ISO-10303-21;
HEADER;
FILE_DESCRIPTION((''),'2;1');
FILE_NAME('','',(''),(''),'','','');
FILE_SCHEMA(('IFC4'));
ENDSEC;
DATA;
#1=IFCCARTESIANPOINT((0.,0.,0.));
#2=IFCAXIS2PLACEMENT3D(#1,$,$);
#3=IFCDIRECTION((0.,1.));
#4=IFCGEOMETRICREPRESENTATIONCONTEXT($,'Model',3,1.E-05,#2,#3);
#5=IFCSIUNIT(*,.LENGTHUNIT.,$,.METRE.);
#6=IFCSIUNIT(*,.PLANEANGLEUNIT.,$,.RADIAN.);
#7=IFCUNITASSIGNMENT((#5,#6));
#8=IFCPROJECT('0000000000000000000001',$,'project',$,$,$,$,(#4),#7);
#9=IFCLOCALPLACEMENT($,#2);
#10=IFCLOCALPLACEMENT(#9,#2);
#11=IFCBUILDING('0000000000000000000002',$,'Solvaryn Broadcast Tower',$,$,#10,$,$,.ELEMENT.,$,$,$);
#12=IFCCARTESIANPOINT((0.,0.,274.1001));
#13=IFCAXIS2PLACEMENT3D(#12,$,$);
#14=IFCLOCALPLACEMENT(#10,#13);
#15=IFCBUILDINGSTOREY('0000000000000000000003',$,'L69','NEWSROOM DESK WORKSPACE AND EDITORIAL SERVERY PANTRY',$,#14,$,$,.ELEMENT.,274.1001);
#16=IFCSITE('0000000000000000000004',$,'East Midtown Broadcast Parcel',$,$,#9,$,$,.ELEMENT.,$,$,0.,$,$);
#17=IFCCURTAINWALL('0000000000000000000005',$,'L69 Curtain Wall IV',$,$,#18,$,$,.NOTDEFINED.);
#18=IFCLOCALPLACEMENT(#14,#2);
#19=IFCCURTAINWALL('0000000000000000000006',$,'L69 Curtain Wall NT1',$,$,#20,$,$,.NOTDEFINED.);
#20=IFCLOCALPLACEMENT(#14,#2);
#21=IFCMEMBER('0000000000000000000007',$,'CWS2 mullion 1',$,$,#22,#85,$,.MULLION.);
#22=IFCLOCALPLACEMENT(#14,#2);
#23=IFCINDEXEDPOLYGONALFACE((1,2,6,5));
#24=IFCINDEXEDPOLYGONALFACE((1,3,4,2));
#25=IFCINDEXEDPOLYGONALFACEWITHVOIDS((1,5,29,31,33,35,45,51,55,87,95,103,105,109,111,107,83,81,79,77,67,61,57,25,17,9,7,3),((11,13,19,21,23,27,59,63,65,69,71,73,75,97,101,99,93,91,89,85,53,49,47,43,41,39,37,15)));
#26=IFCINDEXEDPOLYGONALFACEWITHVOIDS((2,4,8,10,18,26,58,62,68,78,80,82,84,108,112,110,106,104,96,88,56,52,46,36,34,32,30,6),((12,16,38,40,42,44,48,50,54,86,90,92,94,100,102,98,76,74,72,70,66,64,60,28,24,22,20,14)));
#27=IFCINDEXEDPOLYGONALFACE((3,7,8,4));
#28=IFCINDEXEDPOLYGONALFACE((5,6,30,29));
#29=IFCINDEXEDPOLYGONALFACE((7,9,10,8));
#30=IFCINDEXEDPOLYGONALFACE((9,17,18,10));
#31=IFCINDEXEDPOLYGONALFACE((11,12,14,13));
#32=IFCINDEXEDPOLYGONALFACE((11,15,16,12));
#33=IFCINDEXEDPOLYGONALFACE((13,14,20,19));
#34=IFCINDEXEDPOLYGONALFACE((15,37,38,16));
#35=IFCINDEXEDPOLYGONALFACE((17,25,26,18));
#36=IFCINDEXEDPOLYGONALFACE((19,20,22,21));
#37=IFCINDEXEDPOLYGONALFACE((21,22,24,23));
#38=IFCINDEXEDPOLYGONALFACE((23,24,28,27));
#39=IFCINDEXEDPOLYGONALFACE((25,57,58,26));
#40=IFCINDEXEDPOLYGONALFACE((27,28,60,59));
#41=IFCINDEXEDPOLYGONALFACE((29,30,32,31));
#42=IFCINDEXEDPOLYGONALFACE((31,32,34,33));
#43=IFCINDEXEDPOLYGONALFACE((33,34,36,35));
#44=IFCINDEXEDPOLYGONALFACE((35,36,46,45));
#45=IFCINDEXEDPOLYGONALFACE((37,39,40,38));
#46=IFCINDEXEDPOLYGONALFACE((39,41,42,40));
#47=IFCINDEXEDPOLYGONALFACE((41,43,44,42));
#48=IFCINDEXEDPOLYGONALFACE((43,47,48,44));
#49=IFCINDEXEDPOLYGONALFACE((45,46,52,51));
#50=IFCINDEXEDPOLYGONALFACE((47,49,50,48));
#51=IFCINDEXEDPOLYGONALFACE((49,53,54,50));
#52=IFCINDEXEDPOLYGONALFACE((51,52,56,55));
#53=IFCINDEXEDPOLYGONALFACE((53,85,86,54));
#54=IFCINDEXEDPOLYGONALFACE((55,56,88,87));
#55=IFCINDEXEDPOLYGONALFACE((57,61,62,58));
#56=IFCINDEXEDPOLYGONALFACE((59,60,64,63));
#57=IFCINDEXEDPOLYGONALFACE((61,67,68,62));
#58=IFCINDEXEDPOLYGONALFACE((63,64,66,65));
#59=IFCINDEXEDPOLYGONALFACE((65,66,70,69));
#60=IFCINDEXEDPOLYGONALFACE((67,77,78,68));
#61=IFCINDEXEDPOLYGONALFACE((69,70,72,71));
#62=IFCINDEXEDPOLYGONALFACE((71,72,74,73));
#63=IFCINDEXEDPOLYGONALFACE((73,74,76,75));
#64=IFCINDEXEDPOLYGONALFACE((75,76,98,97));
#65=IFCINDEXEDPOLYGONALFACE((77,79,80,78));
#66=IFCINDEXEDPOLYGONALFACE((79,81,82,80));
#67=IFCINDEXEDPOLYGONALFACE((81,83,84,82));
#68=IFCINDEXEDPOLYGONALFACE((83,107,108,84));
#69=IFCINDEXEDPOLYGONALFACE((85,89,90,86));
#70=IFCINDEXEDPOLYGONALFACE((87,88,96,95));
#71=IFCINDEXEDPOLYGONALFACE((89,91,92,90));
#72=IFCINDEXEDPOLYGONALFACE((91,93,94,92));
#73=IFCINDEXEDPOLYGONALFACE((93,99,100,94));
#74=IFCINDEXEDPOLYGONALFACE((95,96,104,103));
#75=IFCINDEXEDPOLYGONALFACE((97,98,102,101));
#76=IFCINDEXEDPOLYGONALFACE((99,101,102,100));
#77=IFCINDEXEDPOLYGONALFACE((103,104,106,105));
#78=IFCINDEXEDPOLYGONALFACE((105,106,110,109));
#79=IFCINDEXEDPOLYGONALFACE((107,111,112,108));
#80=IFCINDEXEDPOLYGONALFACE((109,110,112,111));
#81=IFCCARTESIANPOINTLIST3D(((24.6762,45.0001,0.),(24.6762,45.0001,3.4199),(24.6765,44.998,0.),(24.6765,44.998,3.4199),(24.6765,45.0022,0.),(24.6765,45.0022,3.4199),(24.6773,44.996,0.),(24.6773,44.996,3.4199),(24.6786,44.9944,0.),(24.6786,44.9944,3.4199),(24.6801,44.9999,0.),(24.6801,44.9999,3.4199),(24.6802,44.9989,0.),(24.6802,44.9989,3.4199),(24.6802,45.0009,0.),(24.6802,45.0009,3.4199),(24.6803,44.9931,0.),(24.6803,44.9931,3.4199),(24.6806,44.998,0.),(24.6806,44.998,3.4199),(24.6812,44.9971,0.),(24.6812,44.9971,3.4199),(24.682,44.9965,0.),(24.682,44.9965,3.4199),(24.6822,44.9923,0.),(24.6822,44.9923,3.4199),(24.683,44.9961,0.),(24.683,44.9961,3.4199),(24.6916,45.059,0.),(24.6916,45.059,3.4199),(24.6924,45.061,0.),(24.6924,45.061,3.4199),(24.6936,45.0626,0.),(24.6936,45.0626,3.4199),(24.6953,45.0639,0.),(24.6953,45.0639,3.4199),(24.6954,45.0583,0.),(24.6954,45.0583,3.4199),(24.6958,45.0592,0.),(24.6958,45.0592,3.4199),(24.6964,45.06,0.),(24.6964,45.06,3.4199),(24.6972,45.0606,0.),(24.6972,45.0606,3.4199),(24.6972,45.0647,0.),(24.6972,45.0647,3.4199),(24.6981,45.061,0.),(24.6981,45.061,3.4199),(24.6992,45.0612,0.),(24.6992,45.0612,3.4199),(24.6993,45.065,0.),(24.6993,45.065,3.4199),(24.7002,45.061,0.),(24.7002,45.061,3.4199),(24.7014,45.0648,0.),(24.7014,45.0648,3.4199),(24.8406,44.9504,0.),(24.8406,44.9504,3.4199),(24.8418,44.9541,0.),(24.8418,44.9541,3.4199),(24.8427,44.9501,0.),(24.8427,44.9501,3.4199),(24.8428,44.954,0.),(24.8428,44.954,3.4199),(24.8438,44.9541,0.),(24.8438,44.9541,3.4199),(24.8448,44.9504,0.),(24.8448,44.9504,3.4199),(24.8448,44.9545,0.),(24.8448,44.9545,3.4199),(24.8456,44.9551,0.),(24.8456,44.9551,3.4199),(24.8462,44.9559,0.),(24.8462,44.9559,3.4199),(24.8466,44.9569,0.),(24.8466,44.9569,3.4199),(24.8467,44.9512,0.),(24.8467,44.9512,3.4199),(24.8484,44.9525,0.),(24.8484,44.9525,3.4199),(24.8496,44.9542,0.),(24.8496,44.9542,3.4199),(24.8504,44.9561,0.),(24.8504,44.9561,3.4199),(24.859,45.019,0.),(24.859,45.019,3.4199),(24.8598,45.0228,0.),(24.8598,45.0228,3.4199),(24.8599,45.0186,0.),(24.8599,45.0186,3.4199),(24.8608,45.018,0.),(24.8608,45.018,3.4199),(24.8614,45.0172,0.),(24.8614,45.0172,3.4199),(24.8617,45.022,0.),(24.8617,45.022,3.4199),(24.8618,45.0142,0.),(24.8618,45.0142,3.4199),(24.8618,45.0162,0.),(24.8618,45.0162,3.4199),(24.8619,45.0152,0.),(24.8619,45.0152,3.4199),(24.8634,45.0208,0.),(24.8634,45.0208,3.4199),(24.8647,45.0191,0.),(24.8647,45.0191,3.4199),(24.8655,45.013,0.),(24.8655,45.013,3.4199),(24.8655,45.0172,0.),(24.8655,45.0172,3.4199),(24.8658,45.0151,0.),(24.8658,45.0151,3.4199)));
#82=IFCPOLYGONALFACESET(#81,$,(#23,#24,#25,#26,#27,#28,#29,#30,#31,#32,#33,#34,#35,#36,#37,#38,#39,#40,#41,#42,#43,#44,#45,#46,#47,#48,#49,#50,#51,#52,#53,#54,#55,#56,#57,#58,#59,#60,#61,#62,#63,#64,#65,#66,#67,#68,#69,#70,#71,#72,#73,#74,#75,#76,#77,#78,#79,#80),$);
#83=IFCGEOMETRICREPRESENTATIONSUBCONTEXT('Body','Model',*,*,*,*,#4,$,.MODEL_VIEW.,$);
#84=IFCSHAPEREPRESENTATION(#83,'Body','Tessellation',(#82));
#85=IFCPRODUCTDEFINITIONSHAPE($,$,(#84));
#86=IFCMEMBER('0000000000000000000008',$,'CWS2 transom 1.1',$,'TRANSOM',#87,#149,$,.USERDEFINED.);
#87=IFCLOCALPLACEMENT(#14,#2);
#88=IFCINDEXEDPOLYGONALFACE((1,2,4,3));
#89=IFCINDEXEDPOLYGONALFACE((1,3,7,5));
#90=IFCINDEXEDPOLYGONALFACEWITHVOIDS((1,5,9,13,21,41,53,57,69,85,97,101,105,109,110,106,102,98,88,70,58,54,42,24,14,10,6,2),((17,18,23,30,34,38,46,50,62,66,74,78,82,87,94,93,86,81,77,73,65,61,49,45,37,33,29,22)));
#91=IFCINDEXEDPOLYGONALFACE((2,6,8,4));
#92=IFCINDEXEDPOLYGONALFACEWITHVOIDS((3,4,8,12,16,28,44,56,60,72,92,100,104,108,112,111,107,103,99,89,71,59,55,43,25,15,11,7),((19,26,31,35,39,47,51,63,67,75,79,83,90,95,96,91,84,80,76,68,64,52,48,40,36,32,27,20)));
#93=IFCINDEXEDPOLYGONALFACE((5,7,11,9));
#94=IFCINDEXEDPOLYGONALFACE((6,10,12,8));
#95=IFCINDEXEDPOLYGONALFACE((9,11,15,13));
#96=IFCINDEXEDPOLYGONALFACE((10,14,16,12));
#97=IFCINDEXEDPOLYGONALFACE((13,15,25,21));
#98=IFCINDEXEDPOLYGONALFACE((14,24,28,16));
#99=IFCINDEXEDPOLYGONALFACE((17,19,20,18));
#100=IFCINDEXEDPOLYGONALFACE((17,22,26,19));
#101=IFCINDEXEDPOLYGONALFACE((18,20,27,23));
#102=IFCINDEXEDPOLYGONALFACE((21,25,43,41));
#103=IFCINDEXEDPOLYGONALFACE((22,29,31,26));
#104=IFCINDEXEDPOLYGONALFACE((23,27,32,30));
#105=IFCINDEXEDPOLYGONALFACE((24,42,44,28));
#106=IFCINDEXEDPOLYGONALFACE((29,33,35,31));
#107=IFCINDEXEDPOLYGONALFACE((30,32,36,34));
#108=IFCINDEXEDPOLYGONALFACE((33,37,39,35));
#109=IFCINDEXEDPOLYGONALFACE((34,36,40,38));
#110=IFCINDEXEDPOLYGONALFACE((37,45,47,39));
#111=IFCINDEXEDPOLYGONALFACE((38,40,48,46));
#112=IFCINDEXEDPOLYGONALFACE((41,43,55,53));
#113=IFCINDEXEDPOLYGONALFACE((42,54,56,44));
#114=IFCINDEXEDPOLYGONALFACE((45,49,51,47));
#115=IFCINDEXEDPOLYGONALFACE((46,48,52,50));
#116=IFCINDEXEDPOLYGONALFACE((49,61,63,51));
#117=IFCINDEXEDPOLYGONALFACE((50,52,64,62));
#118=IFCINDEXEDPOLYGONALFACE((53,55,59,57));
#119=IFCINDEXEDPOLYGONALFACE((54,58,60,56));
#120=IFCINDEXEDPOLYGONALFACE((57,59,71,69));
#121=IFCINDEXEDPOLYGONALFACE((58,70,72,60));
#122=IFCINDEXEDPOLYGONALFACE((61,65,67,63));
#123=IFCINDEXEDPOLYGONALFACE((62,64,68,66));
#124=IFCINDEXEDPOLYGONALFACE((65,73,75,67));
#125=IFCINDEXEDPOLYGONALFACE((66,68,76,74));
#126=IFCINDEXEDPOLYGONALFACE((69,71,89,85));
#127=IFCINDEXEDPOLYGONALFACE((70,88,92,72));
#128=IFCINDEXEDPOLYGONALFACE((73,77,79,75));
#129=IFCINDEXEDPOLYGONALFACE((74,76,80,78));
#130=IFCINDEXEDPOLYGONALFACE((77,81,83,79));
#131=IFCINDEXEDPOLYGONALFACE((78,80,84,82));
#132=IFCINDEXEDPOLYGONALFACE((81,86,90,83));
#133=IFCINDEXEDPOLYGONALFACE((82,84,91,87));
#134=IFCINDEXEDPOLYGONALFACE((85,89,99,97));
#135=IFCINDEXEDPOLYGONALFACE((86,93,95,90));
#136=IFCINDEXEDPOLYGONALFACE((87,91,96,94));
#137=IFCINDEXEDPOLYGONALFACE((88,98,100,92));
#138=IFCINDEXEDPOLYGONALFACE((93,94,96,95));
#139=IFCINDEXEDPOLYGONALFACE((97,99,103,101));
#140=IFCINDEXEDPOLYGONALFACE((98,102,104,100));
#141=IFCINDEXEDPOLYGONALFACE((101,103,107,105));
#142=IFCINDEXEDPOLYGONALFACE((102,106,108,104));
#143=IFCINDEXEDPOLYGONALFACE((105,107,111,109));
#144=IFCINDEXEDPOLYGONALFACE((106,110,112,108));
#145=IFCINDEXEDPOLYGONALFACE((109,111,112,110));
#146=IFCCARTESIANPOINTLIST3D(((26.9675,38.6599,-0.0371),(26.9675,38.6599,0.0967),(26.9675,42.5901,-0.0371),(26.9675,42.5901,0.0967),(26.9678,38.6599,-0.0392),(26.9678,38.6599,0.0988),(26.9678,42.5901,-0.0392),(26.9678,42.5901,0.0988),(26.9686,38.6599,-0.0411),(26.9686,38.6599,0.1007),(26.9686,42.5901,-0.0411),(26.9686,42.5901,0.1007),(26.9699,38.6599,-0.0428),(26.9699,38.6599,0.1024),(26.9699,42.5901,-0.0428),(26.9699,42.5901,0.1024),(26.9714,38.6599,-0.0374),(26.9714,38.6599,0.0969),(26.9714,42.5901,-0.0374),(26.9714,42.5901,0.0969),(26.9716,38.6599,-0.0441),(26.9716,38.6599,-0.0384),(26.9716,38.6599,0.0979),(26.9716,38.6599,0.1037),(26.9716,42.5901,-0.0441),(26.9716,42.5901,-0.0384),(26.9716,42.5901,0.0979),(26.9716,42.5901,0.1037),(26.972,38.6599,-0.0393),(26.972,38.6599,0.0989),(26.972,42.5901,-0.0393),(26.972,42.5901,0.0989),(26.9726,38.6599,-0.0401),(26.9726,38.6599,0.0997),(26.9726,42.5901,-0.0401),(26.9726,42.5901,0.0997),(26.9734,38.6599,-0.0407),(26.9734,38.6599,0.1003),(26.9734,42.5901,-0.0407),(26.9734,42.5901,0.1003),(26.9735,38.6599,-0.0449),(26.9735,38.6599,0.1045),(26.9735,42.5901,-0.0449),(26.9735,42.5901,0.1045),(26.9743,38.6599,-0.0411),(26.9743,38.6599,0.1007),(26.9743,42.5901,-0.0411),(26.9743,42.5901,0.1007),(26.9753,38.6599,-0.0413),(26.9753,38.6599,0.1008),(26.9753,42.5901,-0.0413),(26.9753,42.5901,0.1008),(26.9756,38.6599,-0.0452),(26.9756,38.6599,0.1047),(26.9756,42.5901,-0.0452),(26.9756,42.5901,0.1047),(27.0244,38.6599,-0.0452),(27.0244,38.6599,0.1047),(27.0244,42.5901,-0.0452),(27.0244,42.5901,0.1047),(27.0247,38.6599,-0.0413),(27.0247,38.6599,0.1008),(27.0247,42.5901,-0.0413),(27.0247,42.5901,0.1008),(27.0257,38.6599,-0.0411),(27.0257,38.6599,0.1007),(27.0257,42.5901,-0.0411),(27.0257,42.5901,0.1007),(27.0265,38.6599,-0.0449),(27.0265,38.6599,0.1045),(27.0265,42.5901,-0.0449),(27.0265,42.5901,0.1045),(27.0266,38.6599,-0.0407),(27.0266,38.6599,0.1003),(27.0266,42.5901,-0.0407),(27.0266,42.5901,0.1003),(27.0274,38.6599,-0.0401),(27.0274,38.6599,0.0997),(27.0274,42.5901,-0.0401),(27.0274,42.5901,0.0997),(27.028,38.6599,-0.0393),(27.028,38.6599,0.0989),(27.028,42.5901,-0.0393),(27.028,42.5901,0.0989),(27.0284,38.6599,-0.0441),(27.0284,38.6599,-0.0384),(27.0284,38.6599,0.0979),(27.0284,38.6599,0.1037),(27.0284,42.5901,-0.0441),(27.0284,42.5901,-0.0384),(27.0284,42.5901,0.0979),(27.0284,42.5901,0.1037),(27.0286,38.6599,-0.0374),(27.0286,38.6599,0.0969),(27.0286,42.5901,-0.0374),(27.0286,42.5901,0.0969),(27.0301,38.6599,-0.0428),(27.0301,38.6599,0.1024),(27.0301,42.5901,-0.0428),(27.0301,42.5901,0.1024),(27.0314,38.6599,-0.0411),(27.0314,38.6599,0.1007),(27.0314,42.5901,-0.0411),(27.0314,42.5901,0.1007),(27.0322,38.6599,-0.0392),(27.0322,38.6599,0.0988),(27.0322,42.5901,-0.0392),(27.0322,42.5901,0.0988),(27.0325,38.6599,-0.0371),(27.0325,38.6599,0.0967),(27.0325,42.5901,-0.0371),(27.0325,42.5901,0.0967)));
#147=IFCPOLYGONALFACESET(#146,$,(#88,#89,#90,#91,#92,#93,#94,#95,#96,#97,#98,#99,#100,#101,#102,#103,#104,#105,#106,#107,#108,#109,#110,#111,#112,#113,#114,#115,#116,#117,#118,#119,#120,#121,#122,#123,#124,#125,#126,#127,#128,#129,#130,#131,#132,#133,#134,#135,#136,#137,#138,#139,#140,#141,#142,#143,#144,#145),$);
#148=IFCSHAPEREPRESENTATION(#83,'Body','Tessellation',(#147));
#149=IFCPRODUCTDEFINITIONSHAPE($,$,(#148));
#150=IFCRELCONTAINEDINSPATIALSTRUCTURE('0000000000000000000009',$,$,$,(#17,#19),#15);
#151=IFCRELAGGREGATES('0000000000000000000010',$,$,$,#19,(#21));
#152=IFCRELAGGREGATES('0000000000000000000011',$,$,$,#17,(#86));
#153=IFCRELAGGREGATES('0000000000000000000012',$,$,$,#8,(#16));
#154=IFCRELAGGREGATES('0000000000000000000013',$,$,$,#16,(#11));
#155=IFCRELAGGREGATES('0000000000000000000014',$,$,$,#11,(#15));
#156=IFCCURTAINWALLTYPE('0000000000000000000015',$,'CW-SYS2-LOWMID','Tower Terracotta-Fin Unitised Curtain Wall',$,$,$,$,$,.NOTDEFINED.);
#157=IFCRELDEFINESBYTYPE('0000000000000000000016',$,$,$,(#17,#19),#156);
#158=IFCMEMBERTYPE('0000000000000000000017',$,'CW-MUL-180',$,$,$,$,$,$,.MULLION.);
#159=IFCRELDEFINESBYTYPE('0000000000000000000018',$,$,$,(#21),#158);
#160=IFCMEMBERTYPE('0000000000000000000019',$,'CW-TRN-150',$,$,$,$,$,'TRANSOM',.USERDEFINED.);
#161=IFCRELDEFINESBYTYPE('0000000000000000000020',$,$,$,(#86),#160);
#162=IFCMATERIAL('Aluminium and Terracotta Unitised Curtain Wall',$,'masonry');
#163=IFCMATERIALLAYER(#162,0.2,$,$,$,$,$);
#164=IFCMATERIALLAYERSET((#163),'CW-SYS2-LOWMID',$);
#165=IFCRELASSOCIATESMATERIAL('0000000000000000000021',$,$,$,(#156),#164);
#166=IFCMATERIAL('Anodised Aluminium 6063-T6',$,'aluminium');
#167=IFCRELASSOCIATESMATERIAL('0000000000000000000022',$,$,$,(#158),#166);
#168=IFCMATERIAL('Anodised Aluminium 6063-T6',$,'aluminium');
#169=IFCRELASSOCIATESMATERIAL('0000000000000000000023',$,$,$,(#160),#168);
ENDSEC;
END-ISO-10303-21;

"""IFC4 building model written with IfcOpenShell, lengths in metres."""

from ifc_helpers import new_model, si_unit, direction, frame, origin, origin_2d, place, context, subcontext, project, spatial, hollow_rectangle, extrude, material, layer, layer_set, material_profile, profile_set, type_object, element, aggregate, save


model = new_model("IFC4")

# Units and contexts
model_context = context("Model", 3, precision=1e-05, world=origin(), true_north=direction((0.0, 1.0)))
body_context = subcontext(model_context, "Body", "Model", "MODEL_VIEW")
ifc_project = project(units=[si_unit("LENGTHUNIT", "METRE"), si_unit("PLANEANGLEUNIT", "RADIAN")], contexts=[model_context])

# Site, building, storey
site_placement = place(None, origin())
site = spatial("IfcSite", under=ifc_project, at=site_placement, Name="East Midtown Broadcast Parcel", CompositionType="ELEMENT", RefElevation=0.0)
building_placement = place(site_placement, origin())
building = spatial("IfcBuilding", under=site, at=building_placement, Name="Solvaryn Broadcast Tower", CompositionType="ELEMENT")
storey_placement = place(building_placement, frame((0.0, 0.0, 274.1001)))
storey = spatial("IfcBuildingStorey", under=building, at=storey_placement, Name="L69", Description="NEWSROOM DESK WORKSPACE AND EDITORIAL SERVERY PANTRY", CompositionType="ELEMENT", Elevation=274.1001)

# Curtain wall
ifc_material_1 = material(Name="Aluminium and Terracotta Unitised Curtain Wall", Category="masonry")
ifc_layer_1 = layer(ifc_material_1, 0.2)
ifc_layer_set_1 = layer_set([ifc_layer_1], Name="CW-SYS2-LOWMID")
curtain_wall_type = type_object("IfcCurtainWallType", Name="CW-SYS2-LOWMID", Description="Tower Terracotta-Fin Unitised Curtain Wall", PredefinedType="NOTDEFINED", material=ifc_layer_set_1)
curtain_wall_1_placement = place(storey_placement, origin())
curtain_wall_1 = element("IfcCurtainWall", 1, at=curtain_wall_1_placement, inside=storey, type_object=curtain_wall_type, Name="L69 Curtain Wall IV", PredefinedType="NOTDEFINED")
ifc_material_2 = material(Name="Anodised Aluminium 6063-T6", Category="aluminium")
ifc_material_profile_1 = material_profile(ifc_material_2, hollow_rectangle(XDim=0.075, YDim=0.1799, WallThickness=0.0039, InnerFilletRadius=0.0039, OuterFilletRadius=0.0081, at=origin_2d()))
ifc_profile_set_1 = profile_set([ifc_material_profile_1], Name="Anodised Aluminium 6063-T6")
member_type_1 = type_object("IfcMemberType", Name="CW-MUL-180", PredefinedType="MULLION", material=ifc_profile_set_1)

# Curtain wall, member
curtain_wall_2_placement = place(storey_placement, origin())
curtain_wall_2 = element("IfcCurtainWall", 2, at=curtain_wall_2_placement, inside=storey, type_object=curtain_wall_type, Name="L69 Curtain Wall NT1", PredefinedType="NOTDEFINED")
member_1_placement = place(storey_placement, frame((24.771, 45.0076, 0.0), z_axis=(0.0, 0.0, 1.0), x_axis=(-0.255893, -0.966705, 0.0)))
member_1 = element("IfcMember", 3, at=member_1_placement, type_object=member_type_1, Name="CWS2 mullion 1", PredefinedType="MULLION", context=body_context, shape_type="SweptSolid", body=[
    extrude(hollow_rectangle(XDim=0.075, YDim=0.1799, WallThickness=0.0039, InnerFilletRadius=0.0039, OuterFilletRadius=0.0081, at=origin_2d()), origin(), (0.0, 0.0, 1.0), 3.4199),
])

# Member
ifc_material_3 = material(Name="Anodised Aluminium 6063-T6", Category="aluminium")
ifc_material_profile_2 = material_profile(ifc_material_3, hollow_rectangle(XDim=0.0649, YDim=0.1499, WallThickness=0.0039, InnerFilletRadius=0.0039, OuterFilletRadius=0.0081, at=origin_2d()))
ifc_profile_set_2 = profile_set([ifc_material_profile_2], Name="Anodised Aluminium 6063-T6")
member_type_2 = type_object("IfcMemberType", Name="CW-TRN-150", ElementType="TRANSOM", PredefinedType="USERDEFINED", material=ifc_profile_set_2)
member_2_placement = place(storey_placement, frame((27.0, 42.5901, 0.0298), z_axis=(0.0, -1.0, 0.0), x_axis=(1.0, 0.0, 0.0)))
member_2 = element("IfcMember", 4, at=member_2_placement, type_object=member_type_2, Name="CWS2 transom 1.1", ObjectType="TRANSOM", PredefinedType="USERDEFINED", context=body_context, shape_type="SweptSolid", body=[
    extrude(hollow_rectangle(XDim=0.0649, YDim=0.1499, WallThickness=0.0039, InnerFilletRadius=0.0039, OuterFilletRadius=0.0081, at=origin_2d()), origin(), (0.0, 0.0, 1.0), 3.9302),
])
aggregate(curtain_wall_2, [member_1])

aggregate(curtain_wall_1, [member_2])

save(model, "model.ifc")
